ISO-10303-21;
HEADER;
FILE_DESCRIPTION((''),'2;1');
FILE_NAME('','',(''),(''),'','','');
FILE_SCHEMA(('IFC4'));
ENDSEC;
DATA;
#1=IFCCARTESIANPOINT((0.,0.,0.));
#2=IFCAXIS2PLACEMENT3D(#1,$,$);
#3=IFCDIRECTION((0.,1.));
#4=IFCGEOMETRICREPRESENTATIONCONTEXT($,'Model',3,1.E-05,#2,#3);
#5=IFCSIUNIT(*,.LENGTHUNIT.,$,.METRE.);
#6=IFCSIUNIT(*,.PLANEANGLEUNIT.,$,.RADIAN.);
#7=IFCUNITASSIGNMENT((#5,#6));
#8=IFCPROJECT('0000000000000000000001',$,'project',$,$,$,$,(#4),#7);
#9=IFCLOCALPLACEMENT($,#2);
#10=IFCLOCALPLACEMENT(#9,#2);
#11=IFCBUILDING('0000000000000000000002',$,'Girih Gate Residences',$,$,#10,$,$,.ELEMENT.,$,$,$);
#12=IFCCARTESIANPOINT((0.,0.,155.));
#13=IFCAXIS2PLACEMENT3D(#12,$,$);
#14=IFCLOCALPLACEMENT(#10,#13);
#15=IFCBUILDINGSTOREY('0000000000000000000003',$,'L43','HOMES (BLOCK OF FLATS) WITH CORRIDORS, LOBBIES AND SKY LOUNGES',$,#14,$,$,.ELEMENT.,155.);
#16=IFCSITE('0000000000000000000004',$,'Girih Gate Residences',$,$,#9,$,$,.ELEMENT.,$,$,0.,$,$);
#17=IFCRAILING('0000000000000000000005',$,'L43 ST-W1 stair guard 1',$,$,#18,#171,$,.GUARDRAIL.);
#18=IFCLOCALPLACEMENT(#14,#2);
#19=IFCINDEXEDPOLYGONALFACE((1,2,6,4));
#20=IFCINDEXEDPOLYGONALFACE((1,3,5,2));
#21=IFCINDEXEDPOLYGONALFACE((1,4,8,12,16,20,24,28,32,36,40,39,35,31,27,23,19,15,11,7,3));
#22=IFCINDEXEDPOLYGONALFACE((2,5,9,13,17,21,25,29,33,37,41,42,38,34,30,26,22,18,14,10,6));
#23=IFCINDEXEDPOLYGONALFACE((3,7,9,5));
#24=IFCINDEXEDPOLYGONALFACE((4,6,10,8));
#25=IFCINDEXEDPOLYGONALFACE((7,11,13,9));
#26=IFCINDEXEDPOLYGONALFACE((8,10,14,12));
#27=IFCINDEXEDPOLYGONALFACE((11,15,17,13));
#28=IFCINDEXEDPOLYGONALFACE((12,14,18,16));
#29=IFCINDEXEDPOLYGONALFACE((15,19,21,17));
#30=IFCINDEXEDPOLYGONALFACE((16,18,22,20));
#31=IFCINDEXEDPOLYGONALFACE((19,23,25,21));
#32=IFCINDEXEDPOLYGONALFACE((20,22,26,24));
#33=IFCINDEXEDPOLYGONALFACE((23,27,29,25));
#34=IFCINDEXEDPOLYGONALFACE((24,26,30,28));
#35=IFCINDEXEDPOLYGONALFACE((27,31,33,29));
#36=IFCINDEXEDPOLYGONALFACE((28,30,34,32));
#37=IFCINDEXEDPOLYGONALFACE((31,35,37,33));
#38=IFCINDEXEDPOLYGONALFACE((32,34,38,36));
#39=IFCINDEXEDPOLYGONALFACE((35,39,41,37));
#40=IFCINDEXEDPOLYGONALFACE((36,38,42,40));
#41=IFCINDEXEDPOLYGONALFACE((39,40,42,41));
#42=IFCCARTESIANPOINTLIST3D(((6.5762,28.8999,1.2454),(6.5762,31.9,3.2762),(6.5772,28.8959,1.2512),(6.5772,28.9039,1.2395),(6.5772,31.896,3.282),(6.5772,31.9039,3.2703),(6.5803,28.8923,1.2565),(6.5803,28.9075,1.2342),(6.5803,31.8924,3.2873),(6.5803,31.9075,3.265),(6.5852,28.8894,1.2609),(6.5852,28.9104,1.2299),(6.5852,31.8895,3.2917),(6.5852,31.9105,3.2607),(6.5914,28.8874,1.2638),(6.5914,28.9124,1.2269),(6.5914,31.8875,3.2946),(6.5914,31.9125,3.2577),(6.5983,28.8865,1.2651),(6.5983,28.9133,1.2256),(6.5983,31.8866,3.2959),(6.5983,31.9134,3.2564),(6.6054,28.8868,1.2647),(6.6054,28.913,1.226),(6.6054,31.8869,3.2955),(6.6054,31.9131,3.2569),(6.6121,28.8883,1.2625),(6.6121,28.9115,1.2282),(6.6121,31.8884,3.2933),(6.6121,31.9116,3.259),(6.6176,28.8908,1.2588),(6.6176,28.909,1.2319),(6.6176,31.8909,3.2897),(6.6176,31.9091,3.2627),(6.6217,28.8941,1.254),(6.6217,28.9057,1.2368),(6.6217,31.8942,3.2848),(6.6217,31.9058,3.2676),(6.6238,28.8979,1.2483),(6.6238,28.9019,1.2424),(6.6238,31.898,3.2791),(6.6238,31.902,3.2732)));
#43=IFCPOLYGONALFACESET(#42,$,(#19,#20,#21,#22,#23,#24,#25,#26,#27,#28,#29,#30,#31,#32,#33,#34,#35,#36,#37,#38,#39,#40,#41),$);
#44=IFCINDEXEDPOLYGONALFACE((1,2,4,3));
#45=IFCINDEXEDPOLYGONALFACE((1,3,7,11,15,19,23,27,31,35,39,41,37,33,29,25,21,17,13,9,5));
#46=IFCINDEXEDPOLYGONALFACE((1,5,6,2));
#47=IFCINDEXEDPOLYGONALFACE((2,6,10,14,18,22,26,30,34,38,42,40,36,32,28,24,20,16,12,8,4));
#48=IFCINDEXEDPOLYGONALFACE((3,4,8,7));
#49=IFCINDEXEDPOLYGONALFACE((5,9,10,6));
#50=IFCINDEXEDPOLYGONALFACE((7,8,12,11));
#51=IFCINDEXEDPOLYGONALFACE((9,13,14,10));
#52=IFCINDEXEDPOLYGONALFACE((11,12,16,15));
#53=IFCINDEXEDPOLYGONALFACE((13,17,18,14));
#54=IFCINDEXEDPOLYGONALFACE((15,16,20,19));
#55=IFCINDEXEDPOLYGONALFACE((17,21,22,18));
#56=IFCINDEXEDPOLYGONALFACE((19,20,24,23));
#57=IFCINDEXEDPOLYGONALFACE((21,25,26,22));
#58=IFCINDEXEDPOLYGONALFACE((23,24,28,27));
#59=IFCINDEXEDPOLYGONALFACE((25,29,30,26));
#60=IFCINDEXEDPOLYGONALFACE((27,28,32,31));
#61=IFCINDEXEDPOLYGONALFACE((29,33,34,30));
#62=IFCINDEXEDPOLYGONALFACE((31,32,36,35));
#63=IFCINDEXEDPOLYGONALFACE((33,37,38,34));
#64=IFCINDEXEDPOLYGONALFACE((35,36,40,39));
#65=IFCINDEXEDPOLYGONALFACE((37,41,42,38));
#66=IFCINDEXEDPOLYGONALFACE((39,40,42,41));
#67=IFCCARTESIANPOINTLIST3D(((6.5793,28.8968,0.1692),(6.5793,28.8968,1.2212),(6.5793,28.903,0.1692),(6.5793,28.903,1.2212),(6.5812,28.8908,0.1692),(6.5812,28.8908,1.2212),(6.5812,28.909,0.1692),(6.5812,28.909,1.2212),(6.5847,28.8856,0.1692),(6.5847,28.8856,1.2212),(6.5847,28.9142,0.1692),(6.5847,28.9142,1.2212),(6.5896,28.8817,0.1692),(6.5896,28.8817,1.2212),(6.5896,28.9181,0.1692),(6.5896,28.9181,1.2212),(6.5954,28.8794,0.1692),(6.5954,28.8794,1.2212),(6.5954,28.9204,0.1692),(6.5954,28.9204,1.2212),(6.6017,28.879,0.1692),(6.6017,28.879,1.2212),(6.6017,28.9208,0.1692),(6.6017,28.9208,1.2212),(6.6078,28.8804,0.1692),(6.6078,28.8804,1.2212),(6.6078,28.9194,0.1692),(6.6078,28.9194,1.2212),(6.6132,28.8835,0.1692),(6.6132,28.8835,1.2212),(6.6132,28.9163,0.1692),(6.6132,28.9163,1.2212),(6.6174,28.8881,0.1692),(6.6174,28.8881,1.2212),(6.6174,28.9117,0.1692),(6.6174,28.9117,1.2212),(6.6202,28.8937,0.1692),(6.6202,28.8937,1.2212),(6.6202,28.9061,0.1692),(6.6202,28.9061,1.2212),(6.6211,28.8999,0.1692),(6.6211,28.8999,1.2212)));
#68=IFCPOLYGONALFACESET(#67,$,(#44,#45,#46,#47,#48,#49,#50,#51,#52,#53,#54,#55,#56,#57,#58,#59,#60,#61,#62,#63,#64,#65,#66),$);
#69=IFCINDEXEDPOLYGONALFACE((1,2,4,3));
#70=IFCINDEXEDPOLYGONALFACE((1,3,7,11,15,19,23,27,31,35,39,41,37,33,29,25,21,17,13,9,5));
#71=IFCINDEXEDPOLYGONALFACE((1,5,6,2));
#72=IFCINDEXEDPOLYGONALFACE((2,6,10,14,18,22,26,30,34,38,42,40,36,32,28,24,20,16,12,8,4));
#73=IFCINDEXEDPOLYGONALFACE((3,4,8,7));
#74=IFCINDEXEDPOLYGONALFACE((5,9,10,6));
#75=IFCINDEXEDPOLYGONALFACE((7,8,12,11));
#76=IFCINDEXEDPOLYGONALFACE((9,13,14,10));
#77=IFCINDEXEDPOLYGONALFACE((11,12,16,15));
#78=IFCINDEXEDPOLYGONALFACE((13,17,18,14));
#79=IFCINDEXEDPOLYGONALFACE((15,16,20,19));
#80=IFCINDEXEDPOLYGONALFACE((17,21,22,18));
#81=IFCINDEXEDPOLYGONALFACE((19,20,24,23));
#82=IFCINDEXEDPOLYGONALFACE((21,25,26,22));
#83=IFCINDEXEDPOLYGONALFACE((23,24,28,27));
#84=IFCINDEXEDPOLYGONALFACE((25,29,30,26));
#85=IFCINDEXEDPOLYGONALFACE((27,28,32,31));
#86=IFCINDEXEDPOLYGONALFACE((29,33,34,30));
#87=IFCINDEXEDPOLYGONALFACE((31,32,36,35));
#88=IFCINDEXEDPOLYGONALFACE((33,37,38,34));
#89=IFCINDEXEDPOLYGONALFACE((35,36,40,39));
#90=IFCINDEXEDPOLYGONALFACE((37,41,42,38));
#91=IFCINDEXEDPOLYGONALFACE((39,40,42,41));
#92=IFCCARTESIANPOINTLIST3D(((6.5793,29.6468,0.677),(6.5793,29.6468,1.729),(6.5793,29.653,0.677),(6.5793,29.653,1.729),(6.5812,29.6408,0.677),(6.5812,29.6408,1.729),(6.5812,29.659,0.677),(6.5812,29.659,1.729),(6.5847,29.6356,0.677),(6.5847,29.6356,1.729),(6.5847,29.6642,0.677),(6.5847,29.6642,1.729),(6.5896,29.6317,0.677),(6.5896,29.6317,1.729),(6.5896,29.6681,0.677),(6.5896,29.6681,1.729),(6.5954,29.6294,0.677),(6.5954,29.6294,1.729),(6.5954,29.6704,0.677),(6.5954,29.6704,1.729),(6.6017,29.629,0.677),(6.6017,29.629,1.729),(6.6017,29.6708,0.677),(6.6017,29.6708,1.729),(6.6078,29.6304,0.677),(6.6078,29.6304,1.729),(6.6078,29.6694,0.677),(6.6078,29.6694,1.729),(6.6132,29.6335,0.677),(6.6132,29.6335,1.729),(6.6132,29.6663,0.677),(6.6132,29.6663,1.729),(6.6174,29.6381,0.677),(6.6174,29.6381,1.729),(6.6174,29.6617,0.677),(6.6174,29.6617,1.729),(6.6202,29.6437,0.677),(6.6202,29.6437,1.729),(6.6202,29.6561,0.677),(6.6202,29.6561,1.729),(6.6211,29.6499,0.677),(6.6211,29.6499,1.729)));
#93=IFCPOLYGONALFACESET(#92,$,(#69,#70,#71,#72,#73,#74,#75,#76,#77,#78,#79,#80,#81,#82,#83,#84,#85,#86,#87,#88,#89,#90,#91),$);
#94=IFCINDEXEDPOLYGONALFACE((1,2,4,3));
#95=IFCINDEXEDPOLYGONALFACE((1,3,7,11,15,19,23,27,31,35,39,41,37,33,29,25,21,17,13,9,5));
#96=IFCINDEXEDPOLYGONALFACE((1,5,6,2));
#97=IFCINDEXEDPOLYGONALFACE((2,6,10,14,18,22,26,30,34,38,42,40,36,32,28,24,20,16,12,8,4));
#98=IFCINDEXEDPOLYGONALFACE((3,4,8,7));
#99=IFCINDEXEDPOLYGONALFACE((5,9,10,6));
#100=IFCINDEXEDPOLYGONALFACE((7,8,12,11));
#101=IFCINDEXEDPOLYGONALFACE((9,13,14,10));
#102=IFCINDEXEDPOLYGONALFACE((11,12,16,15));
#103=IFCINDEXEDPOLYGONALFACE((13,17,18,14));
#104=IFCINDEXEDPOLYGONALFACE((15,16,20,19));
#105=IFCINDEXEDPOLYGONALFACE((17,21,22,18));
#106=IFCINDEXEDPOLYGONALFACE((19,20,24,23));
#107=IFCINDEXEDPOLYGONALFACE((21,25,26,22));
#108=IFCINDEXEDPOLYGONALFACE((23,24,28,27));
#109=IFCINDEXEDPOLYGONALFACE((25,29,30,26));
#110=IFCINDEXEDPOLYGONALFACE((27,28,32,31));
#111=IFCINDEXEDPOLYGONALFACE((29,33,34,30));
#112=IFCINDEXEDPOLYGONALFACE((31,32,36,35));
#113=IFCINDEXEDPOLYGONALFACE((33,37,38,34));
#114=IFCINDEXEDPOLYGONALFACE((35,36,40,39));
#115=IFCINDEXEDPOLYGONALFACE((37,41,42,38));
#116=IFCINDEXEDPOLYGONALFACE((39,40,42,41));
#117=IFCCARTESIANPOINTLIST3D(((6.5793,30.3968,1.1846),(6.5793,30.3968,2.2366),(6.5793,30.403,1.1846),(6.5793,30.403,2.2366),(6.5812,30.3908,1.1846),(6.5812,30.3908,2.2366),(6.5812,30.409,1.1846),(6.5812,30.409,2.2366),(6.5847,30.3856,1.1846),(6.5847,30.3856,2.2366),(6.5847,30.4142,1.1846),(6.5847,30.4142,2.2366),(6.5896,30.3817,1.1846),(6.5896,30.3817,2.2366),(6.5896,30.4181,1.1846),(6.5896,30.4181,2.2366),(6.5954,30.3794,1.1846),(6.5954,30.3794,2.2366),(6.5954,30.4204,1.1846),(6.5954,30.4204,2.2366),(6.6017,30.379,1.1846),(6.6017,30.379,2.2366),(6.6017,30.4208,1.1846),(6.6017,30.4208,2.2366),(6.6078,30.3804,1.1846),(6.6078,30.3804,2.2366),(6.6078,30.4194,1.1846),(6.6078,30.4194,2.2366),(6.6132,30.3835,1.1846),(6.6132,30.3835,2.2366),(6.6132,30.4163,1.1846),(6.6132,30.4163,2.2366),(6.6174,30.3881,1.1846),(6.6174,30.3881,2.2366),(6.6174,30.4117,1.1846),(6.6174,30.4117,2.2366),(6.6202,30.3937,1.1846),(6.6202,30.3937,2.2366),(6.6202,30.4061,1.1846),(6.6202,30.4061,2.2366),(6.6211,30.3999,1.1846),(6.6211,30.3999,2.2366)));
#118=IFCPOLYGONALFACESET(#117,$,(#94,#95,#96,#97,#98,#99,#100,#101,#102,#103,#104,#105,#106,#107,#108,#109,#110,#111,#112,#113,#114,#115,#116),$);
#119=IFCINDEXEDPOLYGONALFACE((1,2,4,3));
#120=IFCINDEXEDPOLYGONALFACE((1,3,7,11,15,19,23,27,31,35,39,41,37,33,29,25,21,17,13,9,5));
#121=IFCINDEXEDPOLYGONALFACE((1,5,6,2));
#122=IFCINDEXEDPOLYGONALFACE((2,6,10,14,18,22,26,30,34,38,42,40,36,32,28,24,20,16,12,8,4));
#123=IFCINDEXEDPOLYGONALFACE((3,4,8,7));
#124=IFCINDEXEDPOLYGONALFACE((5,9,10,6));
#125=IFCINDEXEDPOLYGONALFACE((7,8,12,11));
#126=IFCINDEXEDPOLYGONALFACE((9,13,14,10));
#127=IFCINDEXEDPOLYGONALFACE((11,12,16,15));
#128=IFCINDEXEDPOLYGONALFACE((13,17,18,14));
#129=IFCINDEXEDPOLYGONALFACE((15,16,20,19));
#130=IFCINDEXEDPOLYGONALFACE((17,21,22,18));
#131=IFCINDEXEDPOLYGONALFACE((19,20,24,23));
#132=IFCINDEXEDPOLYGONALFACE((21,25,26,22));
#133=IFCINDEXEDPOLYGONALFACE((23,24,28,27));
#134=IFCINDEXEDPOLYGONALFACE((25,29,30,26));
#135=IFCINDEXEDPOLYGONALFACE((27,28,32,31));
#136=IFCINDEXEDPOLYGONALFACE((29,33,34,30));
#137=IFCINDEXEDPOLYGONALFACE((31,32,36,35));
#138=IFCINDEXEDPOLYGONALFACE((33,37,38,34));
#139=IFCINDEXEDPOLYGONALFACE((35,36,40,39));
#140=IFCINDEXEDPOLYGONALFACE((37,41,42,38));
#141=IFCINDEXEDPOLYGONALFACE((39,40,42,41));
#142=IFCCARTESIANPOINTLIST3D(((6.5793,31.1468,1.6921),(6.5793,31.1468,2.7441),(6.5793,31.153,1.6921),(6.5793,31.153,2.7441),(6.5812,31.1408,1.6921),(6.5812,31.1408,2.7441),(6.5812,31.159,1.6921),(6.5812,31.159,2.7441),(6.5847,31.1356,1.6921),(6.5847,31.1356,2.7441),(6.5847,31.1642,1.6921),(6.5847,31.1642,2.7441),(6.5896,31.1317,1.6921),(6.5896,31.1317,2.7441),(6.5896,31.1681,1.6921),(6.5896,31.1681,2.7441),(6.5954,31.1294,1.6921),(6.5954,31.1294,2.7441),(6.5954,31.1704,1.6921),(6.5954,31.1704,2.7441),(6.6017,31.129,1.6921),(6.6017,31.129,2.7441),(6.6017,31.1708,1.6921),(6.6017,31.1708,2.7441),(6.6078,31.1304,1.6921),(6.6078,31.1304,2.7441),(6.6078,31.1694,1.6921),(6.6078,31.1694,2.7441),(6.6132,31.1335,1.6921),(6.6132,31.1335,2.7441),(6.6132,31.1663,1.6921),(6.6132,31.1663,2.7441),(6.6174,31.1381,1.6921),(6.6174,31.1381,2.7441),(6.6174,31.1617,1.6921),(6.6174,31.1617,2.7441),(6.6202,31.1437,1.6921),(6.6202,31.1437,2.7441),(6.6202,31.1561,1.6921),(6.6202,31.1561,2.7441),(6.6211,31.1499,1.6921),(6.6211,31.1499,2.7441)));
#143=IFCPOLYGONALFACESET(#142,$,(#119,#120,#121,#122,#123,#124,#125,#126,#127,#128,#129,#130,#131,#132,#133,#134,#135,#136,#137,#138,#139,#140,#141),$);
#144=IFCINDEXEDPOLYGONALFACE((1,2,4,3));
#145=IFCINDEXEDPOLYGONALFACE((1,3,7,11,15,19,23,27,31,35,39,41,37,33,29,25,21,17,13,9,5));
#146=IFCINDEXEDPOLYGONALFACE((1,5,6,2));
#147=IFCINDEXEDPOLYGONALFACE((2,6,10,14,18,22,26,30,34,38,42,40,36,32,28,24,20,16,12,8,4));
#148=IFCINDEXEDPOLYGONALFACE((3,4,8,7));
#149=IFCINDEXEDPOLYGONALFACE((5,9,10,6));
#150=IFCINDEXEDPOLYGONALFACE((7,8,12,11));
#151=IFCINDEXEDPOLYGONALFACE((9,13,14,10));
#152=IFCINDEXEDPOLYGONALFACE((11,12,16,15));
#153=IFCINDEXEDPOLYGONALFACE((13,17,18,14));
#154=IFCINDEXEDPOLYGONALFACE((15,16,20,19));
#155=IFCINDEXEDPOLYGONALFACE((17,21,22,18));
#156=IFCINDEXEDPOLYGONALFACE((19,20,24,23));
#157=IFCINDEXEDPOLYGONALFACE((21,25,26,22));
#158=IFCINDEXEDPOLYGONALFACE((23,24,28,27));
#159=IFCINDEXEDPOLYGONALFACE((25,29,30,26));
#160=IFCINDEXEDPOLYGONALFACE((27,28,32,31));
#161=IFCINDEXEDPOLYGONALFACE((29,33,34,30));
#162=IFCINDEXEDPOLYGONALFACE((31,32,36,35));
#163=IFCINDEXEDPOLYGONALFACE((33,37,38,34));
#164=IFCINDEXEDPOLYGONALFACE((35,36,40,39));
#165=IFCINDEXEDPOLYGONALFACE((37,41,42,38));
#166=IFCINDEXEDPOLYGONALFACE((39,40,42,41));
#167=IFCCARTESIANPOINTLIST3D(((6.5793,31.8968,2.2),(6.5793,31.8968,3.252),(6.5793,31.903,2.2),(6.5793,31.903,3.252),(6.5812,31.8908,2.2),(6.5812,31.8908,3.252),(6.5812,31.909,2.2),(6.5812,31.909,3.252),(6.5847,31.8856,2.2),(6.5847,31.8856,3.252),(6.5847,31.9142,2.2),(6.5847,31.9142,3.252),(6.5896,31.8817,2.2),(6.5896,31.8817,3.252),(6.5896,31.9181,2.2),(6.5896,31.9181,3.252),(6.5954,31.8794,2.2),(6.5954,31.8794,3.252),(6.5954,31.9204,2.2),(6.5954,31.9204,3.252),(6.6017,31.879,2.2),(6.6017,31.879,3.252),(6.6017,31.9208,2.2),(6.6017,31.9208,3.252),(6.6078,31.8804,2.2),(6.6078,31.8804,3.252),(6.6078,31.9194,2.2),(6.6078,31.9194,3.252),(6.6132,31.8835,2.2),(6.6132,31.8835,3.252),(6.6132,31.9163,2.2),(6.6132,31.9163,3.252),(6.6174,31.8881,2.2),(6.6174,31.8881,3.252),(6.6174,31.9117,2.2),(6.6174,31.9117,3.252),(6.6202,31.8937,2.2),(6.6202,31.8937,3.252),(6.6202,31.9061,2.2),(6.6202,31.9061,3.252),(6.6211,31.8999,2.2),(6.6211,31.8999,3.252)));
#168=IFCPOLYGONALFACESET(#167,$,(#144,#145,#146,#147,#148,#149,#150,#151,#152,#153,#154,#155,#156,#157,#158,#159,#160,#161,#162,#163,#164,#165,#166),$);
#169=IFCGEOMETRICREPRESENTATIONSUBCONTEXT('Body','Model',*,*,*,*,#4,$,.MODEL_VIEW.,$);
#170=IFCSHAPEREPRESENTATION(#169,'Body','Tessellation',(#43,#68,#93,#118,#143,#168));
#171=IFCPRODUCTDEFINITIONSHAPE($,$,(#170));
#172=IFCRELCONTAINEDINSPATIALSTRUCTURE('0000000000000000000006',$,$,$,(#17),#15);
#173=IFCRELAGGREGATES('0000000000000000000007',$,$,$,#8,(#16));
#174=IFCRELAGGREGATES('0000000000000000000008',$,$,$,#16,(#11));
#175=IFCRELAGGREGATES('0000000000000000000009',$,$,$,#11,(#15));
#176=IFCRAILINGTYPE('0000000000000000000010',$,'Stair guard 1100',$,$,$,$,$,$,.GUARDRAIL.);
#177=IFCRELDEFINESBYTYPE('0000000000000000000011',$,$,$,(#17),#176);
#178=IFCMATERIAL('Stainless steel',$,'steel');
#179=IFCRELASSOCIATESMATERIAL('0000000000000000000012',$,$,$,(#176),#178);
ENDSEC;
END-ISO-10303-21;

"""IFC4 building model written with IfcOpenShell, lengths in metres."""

from ifc_helpers import new_model, si_unit, direction, frame, origin, origin_2d, place, context, subcontext, project, spatial, circle, extrude, material, type_object, element, save


model = new_model("IFC4")

# Units and contexts
model_context = context("Model", 3, precision=1e-05, world=origin(), true_north=direction((0.0, 1.0)))
body_context = subcontext(model_context, "Body", "Model", "MODEL_VIEW")
ifc_project = project(units=[si_unit("LENGTHUNIT", "METRE"), si_unit("PLANEANGLEUNIT", "RADIAN")], contexts=[model_context])

# Site, building, storey
site_placement = place(None, origin())
site = spatial("IfcSite", under=ifc_project, at=site_placement, Name="Girih Gate Residences", CompositionType="ELEMENT", RefElevation=0.0)
building_placement = place(site_placement, origin())
building = spatial("IfcBuilding", under=site, at=building_placement, Name="Girih Gate Residences", CompositionType="ELEMENT")
storey_placement = place(building_placement, frame((0.0, 0.0, 155.0)))
storey = spatial("IfcBuildingStorey", under=building, at=storey_placement, Name="L43", Description="HOMES (BLOCK OF FLATS) WITH CORRIDORS, LOBBIES AND SKY LOUNGES", CompositionType="ELEMENT", Elevation=155.0)

# Railing
ifc_material_1 = material(Name="Stainless steel", Category="steel")
railing_type_1 = type_object("IfcRailingType", Name="Stair guard 1100", PredefinedType="GUARDRAIL", material=ifc_material_1)
railing_1_placement = place(storey_placement, frame((6.6001, 28.8999, 0.1692)))
element("IfcRailing", 1, at=railing_1_placement, inside=storey, type_object=railing_type_1, Name="L43 ST-W1 stair guard 1", PredefinedType="GUARDRAIL", context=body_context, shape_type="SweptSolid", body=[
    extrude(circle(Radius=0.0239, at=origin_2d()), frame((0.0, 0.0, 1.0762), z_axis=(0.0, 0.82811, 0.560565), x_axis=(-1.0, 0.0, 0.0)), (0.0, 0.0, 1.0), 3.6228),
    extrude(circle(Radius=0.021, at=origin_2d()), origin(), (0.0, 0.0, 1.0), 1.052),
    extrude(circle(Radius=0.021, at=origin_2d()), frame((0.0, 0.75, 0.5078)), (0.0, 0.0, 1.0), 1.052),
    extrude(circle(Radius=0.021, at=origin_2d()), frame((0.0, 1.5, 1.0154)), (0.0, 0.0, 1.0), 1.052),
    extrude(circle(Radius=0.021, at=origin_2d()), frame((0.0, 2.25, 1.5229)), (0.0, 0.0, 1.0), 1.052),
    extrude(circle(Radius=0.021, at=origin_2d()), frame((0.0, 3.0, 2.0308)), (0.0, 0.0, 1.0), 1.052),
])

save(model, "model.ifc")
